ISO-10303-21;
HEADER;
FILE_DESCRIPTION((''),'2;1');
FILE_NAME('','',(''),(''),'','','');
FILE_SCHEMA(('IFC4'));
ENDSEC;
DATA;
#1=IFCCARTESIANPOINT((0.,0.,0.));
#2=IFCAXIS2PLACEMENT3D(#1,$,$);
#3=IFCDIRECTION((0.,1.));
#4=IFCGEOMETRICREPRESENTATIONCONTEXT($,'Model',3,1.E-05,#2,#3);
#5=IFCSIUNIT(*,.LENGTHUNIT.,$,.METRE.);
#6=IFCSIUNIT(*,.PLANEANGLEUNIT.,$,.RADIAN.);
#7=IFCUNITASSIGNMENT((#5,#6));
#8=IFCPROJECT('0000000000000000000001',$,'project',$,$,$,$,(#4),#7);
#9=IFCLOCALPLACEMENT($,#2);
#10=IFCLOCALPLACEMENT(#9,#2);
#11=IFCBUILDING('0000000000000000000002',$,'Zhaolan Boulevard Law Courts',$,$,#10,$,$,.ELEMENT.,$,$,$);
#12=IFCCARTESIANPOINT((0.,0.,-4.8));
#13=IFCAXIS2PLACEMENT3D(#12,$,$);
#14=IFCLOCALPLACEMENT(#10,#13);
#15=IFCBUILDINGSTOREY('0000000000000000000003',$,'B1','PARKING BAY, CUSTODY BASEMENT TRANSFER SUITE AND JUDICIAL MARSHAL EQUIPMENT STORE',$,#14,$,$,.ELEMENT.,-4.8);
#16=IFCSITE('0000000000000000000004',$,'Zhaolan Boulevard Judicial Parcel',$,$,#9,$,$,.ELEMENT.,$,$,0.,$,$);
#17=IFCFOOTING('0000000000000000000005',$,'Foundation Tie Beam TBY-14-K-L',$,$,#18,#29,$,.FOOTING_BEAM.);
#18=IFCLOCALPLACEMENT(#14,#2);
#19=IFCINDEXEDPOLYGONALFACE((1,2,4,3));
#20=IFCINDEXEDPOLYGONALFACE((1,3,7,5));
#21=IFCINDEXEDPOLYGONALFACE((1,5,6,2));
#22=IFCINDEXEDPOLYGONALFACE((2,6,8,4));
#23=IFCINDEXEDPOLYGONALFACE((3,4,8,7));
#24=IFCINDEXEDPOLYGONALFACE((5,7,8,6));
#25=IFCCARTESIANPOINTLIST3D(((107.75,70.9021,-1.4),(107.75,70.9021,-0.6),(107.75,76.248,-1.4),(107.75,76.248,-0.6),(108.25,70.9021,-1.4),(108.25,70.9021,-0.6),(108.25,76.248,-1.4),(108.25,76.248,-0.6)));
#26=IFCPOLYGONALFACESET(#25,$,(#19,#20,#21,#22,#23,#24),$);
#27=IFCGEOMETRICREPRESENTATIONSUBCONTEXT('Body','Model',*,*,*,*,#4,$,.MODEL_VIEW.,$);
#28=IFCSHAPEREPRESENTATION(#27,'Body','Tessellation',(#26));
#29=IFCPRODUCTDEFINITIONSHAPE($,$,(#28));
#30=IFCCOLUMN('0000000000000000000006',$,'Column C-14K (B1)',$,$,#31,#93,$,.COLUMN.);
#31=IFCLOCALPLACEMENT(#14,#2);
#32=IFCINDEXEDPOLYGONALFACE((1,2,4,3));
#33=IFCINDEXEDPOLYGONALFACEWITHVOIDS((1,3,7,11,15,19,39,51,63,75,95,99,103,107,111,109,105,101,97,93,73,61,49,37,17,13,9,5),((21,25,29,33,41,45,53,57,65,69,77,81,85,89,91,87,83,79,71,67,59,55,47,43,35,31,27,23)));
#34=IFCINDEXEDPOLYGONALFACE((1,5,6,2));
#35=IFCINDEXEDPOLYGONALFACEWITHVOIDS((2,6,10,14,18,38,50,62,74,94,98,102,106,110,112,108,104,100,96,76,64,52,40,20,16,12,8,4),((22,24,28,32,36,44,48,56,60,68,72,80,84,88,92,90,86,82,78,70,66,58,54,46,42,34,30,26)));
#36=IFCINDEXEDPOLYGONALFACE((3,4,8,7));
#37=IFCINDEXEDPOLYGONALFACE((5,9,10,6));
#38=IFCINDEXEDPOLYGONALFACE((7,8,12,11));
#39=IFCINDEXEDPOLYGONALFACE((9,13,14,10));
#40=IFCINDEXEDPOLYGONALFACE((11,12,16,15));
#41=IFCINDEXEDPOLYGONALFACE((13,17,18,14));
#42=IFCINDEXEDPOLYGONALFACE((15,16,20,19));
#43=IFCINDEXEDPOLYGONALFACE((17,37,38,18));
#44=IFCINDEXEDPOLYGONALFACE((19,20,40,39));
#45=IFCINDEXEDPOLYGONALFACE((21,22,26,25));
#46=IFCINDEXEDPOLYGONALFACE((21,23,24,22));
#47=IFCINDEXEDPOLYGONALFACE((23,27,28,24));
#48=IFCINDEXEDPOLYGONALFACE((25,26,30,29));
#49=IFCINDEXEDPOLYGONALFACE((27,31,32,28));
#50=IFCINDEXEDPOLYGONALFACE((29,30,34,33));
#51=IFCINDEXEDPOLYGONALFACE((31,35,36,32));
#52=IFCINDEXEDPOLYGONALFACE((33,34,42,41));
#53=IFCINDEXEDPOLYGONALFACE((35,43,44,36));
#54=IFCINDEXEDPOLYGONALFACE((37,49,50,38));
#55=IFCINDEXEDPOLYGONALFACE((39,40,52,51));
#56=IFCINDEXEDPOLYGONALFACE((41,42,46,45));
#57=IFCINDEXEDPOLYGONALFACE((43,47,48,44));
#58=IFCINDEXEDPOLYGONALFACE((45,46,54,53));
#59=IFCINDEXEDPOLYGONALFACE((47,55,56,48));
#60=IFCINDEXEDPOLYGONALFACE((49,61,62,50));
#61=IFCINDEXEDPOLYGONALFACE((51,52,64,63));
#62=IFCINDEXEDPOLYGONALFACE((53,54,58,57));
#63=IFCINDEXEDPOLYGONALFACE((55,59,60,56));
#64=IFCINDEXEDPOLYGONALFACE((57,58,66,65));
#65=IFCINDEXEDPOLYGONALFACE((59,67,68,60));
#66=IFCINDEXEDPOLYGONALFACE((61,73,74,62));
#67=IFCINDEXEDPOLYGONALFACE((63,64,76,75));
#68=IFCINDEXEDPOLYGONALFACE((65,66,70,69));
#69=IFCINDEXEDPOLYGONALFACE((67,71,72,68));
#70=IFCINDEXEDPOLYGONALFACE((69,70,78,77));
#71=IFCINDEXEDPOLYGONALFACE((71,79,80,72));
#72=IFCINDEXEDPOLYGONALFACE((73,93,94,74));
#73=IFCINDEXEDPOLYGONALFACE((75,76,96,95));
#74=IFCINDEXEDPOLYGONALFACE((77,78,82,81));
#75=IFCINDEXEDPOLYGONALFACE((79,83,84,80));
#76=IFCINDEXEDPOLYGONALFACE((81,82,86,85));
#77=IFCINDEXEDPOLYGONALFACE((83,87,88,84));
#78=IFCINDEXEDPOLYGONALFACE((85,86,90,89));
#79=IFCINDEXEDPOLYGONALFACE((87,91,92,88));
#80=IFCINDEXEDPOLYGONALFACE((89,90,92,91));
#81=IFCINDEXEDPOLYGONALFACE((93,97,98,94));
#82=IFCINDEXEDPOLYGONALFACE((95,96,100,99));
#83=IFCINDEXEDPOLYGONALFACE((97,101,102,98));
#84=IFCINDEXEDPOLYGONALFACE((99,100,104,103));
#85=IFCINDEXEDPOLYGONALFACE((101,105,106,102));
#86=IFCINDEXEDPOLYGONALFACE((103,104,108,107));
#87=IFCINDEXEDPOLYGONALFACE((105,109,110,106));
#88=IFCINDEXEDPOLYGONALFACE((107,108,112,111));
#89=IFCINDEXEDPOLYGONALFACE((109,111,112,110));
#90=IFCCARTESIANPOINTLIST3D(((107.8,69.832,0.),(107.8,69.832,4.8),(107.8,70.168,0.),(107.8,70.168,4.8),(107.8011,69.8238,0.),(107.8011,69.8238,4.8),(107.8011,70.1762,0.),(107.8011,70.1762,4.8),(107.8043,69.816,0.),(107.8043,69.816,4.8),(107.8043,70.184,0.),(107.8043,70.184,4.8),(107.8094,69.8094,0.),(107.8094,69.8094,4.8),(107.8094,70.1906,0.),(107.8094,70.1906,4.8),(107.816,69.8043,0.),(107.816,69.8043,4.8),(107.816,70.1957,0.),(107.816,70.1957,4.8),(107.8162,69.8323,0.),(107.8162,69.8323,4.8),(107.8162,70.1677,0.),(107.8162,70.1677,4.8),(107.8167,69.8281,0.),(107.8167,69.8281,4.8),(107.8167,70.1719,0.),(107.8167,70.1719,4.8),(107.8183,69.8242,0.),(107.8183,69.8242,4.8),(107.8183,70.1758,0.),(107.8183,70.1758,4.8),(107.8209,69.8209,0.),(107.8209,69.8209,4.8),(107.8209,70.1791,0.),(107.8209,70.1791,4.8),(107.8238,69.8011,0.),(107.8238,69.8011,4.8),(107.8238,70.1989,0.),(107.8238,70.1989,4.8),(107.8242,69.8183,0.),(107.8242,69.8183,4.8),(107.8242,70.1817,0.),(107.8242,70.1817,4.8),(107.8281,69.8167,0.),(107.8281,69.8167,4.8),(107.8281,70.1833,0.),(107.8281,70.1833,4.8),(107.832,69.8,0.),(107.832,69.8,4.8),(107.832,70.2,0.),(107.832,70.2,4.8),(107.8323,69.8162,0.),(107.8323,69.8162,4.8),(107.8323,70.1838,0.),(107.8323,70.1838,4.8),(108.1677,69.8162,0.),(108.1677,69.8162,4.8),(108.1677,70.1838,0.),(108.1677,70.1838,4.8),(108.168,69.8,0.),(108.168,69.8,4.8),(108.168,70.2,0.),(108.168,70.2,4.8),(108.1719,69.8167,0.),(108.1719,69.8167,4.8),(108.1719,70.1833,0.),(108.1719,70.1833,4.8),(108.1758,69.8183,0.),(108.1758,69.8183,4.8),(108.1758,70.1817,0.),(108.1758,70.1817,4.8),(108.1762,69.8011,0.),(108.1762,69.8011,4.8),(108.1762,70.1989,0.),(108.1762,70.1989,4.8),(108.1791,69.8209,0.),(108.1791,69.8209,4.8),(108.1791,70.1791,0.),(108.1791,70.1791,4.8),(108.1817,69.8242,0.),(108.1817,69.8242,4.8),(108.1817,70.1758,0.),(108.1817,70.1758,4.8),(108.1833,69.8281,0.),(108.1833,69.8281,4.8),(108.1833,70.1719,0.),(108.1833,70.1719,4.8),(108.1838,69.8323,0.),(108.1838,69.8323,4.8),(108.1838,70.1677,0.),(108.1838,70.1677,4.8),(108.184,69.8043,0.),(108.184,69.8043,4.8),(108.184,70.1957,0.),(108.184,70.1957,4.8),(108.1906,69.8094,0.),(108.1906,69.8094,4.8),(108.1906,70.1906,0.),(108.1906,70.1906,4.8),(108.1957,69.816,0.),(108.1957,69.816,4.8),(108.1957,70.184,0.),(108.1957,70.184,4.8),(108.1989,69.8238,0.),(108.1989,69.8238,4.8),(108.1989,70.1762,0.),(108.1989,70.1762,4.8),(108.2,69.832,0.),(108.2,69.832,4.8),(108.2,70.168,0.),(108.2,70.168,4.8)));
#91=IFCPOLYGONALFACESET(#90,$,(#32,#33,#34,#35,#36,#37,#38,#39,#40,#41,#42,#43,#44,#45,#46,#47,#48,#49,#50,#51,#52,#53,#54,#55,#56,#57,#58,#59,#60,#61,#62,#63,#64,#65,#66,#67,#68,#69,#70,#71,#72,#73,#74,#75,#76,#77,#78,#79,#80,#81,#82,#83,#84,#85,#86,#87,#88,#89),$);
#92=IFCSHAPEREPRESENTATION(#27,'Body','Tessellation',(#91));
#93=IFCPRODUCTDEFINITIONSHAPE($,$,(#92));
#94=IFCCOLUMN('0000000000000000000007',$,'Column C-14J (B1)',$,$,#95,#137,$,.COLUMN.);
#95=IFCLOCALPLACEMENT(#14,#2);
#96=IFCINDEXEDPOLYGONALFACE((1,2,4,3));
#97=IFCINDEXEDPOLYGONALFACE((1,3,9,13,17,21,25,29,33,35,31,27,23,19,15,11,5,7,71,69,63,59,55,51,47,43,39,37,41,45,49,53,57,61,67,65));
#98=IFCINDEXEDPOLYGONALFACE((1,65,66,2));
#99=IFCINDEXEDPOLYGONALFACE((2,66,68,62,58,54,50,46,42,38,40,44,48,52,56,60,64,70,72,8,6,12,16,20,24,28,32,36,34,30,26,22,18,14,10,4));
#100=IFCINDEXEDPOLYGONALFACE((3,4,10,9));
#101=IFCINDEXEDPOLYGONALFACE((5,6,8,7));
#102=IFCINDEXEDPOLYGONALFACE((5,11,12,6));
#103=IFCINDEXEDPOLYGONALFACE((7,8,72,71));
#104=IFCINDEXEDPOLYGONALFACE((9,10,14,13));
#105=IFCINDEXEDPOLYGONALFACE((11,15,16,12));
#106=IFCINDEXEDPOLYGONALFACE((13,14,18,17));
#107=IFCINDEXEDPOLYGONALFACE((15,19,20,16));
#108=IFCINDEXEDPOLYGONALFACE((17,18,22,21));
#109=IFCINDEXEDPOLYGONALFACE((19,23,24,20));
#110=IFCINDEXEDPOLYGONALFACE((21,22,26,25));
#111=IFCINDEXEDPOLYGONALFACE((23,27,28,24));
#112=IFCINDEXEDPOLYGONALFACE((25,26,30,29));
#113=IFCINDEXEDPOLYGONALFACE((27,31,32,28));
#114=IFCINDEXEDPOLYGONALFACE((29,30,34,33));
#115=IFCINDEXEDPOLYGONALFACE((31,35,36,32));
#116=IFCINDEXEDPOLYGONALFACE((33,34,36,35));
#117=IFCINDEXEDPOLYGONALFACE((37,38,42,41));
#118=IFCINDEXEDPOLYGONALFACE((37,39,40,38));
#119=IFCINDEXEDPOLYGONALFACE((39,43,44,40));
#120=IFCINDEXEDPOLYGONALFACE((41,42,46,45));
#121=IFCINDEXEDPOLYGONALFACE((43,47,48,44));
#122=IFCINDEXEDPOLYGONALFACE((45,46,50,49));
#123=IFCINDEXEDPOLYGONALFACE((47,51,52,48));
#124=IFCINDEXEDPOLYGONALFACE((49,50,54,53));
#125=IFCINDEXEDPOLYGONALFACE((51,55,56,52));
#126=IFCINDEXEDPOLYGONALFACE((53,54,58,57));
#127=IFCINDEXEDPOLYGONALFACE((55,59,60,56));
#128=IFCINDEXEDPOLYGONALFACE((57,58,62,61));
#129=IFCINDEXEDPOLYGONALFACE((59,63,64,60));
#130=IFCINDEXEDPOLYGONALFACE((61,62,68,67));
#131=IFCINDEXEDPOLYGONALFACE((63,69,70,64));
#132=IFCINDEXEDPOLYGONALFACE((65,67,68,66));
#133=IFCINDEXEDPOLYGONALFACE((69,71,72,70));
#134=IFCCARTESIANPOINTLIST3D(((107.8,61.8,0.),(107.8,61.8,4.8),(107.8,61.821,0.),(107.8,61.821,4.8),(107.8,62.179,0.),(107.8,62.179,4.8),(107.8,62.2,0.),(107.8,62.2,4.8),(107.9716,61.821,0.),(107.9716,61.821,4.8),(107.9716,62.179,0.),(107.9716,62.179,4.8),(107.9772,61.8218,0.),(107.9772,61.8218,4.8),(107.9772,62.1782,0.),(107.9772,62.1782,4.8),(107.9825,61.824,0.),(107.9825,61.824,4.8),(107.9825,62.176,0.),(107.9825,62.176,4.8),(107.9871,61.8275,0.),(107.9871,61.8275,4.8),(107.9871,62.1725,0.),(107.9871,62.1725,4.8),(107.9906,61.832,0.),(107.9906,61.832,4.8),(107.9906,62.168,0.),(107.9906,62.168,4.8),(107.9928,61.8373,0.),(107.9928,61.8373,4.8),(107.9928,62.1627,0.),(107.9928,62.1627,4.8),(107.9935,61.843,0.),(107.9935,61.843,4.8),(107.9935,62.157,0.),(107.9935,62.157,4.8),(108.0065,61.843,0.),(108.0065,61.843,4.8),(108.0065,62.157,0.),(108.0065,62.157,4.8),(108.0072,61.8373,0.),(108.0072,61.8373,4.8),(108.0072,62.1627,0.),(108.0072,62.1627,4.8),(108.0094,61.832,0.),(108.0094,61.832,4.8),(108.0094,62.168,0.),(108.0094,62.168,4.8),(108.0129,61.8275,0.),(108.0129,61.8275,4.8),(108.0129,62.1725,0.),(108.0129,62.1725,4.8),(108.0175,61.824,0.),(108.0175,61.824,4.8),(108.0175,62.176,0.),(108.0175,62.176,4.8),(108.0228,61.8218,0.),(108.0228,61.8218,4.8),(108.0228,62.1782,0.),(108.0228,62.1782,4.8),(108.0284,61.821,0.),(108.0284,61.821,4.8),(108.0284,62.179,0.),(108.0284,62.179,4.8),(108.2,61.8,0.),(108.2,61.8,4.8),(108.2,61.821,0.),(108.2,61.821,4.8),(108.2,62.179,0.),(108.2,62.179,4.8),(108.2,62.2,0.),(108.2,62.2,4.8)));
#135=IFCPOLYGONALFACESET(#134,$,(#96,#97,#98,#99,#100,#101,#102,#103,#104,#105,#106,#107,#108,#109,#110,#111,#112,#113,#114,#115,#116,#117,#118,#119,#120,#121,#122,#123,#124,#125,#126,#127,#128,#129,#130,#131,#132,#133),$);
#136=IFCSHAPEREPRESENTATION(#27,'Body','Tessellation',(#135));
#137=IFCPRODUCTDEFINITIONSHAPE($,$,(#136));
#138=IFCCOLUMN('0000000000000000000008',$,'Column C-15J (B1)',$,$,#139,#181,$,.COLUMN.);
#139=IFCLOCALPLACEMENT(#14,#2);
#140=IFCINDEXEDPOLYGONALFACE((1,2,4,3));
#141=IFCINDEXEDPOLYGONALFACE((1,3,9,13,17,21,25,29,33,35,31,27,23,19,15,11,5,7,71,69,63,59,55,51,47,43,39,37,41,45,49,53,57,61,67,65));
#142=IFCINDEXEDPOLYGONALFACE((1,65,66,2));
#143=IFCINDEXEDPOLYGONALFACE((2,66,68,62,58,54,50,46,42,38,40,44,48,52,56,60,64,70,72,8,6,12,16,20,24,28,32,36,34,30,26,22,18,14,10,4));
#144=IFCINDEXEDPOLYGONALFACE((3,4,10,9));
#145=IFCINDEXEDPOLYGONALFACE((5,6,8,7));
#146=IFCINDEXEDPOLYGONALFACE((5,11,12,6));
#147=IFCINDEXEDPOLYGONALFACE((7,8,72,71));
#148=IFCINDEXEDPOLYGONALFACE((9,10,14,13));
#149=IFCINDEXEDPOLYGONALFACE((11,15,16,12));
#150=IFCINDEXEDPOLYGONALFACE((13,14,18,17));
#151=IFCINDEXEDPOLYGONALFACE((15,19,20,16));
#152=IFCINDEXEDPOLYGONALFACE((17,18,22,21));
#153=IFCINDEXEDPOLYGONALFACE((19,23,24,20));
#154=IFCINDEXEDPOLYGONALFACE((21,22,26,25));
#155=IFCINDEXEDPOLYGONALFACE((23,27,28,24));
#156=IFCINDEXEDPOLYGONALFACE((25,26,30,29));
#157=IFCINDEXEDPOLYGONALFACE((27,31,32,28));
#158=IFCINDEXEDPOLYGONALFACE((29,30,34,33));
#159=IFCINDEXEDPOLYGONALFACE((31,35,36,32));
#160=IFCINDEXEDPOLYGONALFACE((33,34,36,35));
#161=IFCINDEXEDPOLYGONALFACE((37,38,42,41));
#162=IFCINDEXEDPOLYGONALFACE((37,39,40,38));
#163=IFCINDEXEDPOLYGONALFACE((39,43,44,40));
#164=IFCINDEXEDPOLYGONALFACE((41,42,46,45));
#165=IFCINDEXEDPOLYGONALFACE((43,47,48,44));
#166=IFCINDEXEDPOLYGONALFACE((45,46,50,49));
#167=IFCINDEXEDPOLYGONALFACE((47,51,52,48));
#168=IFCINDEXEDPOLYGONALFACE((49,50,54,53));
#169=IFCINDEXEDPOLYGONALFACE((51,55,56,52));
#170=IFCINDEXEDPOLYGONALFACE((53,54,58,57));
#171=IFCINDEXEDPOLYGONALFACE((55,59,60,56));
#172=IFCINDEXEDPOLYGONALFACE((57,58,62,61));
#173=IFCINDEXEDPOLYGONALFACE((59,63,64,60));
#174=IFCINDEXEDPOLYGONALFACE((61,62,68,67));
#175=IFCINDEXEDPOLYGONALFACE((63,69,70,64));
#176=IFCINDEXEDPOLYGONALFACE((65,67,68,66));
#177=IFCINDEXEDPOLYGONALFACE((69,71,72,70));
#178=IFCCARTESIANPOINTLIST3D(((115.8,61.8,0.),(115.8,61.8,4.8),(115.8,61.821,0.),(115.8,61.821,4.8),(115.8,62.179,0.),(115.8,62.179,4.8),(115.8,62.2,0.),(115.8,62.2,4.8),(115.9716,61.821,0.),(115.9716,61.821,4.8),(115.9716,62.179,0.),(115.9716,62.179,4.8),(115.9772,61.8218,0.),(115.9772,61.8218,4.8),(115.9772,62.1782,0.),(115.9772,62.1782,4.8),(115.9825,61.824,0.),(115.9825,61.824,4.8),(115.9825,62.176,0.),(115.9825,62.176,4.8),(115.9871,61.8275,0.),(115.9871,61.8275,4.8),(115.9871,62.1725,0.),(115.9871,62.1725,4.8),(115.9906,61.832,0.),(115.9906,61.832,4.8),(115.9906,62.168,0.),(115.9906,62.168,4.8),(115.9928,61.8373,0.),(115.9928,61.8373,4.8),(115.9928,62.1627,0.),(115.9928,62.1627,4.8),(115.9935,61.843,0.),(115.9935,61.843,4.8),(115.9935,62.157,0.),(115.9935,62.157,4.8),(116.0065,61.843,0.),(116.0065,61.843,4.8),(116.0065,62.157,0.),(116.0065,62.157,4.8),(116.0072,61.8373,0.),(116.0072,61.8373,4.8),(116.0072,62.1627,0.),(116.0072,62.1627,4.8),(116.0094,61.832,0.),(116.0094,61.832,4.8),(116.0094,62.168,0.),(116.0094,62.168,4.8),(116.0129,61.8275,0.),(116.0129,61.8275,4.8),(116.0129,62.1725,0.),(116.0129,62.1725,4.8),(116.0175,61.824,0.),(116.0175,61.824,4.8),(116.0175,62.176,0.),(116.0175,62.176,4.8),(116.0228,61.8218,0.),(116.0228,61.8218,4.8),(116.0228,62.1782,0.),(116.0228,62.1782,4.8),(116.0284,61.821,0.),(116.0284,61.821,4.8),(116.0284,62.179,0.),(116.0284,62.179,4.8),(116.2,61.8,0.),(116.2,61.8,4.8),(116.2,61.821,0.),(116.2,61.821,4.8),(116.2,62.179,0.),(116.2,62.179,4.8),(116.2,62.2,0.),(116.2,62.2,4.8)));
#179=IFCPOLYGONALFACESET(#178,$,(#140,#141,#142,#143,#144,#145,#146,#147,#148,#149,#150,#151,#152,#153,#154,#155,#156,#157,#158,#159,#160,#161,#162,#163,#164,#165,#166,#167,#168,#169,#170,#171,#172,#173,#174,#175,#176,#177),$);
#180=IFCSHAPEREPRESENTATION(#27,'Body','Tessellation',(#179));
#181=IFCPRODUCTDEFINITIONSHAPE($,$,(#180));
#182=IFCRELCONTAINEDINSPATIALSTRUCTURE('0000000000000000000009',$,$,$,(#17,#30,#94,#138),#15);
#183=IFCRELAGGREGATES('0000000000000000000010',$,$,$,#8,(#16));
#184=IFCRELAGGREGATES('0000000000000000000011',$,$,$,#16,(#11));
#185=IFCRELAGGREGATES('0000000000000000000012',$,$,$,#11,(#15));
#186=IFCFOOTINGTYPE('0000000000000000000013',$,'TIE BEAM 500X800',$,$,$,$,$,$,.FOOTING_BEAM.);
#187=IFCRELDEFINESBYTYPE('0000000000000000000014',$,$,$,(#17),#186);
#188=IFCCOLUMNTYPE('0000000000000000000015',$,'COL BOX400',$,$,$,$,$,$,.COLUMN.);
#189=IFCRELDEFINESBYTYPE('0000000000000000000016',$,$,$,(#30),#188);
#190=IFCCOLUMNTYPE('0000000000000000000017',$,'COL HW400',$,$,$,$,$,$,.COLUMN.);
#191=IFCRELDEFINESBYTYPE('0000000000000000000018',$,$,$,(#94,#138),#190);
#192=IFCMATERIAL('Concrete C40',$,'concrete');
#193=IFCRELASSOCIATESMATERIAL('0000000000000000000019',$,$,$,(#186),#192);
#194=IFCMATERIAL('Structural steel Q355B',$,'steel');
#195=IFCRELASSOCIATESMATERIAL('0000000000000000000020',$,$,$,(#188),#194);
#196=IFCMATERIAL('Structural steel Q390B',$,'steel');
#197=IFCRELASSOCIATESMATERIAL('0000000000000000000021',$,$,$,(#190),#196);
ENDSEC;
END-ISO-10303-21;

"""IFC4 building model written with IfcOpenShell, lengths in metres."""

from ifc_helpers import new_model, si_unit, direction, frame, origin, origin_2d, place, context, subcontext, project, spatial, rectangle, hollow_rectangle, i_section, extrude, material, material_profile, profile_set, type_object, element, save


model = new_model("IFC4")

# Units and contexts
model_context = context("Model", 3, precision=1e-05, world=origin(), true_north=direction((0.0, 1.0)))
body_context = subcontext(model_context, "Body", "Model", "MODEL_VIEW")
ifc_project = project(units=[si_unit("LENGTHUNIT", "METRE"), si_unit("PLANEANGLEUNIT", "RADIAN")], contexts=[model_context])

# Site, building, storey
site_placement = place(None, origin())
site = spatial("IfcSite", under=ifc_project, at=site_placement, Name="Zhaolan Boulevard Judicial Parcel", CompositionType="ELEMENT", RefElevation=0.0)
building_placement = place(site_placement, origin())
building = spatial("IfcBuilding", under=site, at=building_placement, Name="Zhaolan Boulevard Law Courts", CompositionType="ELEMENT")
storey_placement = place(building_placement, frame((0.0, 0.0, -4.8)))
storey = spatial("IfcBuildingStorey", under=building, at=storey_placement, Name="B1", Description="PARKING BAY, CUSTODY BASEMENT TRANSFER SUITE AND JUDICIAL MARSHAL EQUIPMENT STORE", CompositionType="ELEMENT", Elevation=-4.8)

# Footing
ifc_material_1 = material(Name="Concrete C40", Category="concrete")
ifc_material_profile_1 = material_profile(ifc_material_1, rectangle(XDim=0.5, YDim=0.8, at=origin_2d()), Name="RC500x800")
ifc_profile_set_1 = profile_set([ifc_material_profile_1], Name="Concrete C40")
footing_type_1 = type_object("IfcFootingType", Name="TIE BEAM 500X800", PredefinedType="FOOTING_BEAM", material=ifc_profile_set_1)
for number, where, z_axis, x_axis, name in (
    (1, (108.0, 70.9021, -1.0), (0.0, 1.0, 0.0), (-1.0, 0.0, 0.0), "Foundation Tie Beam TBY-14-K-L"),
):
    element("IfcFooting", number, at=place(storey_placement, frame(where, z_axis=z_axis, x_axis=x_axis)), inside=storey, type_object=footing_type_1, Name=name, PredefinedType="FOOTING_BEAM", context=body_context, shape_type="SweptSolid", body=[
        extrude(rectangle(XDim=0.5, YDim=0.8, at=origin_2d()), origin(), (0.0, 0.0, 1.0), 5.3459),
    ])

# Columns
ifc_material_2 = material(Name="Structural steel Q355B", Category="steel")
ifc_material_profile_2 = material_profile(ifc_material_2, hollow_rectangle(XDim=0.3999, YDim=0.3999, WallThickness=0.0161, InnerFilletRadius=0.0161, OuterFilletRadius=0.032, at=origin_2d()), Name="BOX400x400x16")
ifc_profile_set_2 = profile_set([ifc_material_profile_2], Name="Structural steel Q355B")
column_type_1 = type_object("IfcColumnType", Name="COL BOX400", PredefinedType="COLUMN", material=ifc_profile_set_2)
column_placement = place(storey_placement, frame((108.0, 70.0, 0.0), z_axis=(0.0, 0.0, 1.0), x_axis=(1.0, 0.0, 0.0)))
element("IfcColumn", 2, at=column_placement, inside=storey, type_object=column_type_1, Name="Column C-14K (B1)", PredefinedType="COLUMN", context=body_context, shape_type="SweptSolid", body=[
    extrude(hollow_rectangle(XDim=0.3999, YDim=0.3999, WallThickness=0.0161, InnerFilletRadius=0.0161, OuterFilletRadius=0.032, at=origin_2d()), origin(), (0.0, 0.0, 1.0), 4.8),
])
ifc_material_3 = material(Name="Structural steel Q390B", Category="steel")
ifc_material_profile_3 = material_profile(ifc_material_3, i_section(OverallWidth=0.3999, OverallDepth=0.3999, WebThickness=0.0129, FlangeThickness=0.021, FilletRadius=0.022, at=origin_2d()), Name="HW400x400")
ifc_profile_set_3 = profile_set([ifc_material_profile_3], Name="Structural steel Q390B")
column_type_2 = type_object("IfcColumnType", Name="COL HW400", PredefinedType="COLUMN", material=ifc_profile_set_3)
for number, where, z_axis, x_axis, name in (
    (3, (108.0, 62.0, 0.0), (0.0, 0.0, 1.0), (1.0, 0.0, 0.0), "Column C-14J (B1)"),
    (4, (116.0, 62.0, 0.0), (0.0, 0.0, 1.0), (1.0, 0.0, 0.0), "Column C-15J (B1)"),
):
    element("IfcColumn", number, at=place(storey_placement, frame(where, z_axis=z_axis, x_axis=x_axis)), inside=storey, type_object=column_type_2, Name=name, PredefinedType="COLUMN", context=body_context, shape_type="SweptSolid", body=[
        extrude(i_section(OverallWidth=0.3999, OverallDepth=0.3999, WebThickness=0.0129, FlangeThickness=0.021, FilletRadius=0.022, at=origin_2d()), origin(), (0.0, 0.0, 1.0), 4.8),
    ])

save(model, "model.ifc")
